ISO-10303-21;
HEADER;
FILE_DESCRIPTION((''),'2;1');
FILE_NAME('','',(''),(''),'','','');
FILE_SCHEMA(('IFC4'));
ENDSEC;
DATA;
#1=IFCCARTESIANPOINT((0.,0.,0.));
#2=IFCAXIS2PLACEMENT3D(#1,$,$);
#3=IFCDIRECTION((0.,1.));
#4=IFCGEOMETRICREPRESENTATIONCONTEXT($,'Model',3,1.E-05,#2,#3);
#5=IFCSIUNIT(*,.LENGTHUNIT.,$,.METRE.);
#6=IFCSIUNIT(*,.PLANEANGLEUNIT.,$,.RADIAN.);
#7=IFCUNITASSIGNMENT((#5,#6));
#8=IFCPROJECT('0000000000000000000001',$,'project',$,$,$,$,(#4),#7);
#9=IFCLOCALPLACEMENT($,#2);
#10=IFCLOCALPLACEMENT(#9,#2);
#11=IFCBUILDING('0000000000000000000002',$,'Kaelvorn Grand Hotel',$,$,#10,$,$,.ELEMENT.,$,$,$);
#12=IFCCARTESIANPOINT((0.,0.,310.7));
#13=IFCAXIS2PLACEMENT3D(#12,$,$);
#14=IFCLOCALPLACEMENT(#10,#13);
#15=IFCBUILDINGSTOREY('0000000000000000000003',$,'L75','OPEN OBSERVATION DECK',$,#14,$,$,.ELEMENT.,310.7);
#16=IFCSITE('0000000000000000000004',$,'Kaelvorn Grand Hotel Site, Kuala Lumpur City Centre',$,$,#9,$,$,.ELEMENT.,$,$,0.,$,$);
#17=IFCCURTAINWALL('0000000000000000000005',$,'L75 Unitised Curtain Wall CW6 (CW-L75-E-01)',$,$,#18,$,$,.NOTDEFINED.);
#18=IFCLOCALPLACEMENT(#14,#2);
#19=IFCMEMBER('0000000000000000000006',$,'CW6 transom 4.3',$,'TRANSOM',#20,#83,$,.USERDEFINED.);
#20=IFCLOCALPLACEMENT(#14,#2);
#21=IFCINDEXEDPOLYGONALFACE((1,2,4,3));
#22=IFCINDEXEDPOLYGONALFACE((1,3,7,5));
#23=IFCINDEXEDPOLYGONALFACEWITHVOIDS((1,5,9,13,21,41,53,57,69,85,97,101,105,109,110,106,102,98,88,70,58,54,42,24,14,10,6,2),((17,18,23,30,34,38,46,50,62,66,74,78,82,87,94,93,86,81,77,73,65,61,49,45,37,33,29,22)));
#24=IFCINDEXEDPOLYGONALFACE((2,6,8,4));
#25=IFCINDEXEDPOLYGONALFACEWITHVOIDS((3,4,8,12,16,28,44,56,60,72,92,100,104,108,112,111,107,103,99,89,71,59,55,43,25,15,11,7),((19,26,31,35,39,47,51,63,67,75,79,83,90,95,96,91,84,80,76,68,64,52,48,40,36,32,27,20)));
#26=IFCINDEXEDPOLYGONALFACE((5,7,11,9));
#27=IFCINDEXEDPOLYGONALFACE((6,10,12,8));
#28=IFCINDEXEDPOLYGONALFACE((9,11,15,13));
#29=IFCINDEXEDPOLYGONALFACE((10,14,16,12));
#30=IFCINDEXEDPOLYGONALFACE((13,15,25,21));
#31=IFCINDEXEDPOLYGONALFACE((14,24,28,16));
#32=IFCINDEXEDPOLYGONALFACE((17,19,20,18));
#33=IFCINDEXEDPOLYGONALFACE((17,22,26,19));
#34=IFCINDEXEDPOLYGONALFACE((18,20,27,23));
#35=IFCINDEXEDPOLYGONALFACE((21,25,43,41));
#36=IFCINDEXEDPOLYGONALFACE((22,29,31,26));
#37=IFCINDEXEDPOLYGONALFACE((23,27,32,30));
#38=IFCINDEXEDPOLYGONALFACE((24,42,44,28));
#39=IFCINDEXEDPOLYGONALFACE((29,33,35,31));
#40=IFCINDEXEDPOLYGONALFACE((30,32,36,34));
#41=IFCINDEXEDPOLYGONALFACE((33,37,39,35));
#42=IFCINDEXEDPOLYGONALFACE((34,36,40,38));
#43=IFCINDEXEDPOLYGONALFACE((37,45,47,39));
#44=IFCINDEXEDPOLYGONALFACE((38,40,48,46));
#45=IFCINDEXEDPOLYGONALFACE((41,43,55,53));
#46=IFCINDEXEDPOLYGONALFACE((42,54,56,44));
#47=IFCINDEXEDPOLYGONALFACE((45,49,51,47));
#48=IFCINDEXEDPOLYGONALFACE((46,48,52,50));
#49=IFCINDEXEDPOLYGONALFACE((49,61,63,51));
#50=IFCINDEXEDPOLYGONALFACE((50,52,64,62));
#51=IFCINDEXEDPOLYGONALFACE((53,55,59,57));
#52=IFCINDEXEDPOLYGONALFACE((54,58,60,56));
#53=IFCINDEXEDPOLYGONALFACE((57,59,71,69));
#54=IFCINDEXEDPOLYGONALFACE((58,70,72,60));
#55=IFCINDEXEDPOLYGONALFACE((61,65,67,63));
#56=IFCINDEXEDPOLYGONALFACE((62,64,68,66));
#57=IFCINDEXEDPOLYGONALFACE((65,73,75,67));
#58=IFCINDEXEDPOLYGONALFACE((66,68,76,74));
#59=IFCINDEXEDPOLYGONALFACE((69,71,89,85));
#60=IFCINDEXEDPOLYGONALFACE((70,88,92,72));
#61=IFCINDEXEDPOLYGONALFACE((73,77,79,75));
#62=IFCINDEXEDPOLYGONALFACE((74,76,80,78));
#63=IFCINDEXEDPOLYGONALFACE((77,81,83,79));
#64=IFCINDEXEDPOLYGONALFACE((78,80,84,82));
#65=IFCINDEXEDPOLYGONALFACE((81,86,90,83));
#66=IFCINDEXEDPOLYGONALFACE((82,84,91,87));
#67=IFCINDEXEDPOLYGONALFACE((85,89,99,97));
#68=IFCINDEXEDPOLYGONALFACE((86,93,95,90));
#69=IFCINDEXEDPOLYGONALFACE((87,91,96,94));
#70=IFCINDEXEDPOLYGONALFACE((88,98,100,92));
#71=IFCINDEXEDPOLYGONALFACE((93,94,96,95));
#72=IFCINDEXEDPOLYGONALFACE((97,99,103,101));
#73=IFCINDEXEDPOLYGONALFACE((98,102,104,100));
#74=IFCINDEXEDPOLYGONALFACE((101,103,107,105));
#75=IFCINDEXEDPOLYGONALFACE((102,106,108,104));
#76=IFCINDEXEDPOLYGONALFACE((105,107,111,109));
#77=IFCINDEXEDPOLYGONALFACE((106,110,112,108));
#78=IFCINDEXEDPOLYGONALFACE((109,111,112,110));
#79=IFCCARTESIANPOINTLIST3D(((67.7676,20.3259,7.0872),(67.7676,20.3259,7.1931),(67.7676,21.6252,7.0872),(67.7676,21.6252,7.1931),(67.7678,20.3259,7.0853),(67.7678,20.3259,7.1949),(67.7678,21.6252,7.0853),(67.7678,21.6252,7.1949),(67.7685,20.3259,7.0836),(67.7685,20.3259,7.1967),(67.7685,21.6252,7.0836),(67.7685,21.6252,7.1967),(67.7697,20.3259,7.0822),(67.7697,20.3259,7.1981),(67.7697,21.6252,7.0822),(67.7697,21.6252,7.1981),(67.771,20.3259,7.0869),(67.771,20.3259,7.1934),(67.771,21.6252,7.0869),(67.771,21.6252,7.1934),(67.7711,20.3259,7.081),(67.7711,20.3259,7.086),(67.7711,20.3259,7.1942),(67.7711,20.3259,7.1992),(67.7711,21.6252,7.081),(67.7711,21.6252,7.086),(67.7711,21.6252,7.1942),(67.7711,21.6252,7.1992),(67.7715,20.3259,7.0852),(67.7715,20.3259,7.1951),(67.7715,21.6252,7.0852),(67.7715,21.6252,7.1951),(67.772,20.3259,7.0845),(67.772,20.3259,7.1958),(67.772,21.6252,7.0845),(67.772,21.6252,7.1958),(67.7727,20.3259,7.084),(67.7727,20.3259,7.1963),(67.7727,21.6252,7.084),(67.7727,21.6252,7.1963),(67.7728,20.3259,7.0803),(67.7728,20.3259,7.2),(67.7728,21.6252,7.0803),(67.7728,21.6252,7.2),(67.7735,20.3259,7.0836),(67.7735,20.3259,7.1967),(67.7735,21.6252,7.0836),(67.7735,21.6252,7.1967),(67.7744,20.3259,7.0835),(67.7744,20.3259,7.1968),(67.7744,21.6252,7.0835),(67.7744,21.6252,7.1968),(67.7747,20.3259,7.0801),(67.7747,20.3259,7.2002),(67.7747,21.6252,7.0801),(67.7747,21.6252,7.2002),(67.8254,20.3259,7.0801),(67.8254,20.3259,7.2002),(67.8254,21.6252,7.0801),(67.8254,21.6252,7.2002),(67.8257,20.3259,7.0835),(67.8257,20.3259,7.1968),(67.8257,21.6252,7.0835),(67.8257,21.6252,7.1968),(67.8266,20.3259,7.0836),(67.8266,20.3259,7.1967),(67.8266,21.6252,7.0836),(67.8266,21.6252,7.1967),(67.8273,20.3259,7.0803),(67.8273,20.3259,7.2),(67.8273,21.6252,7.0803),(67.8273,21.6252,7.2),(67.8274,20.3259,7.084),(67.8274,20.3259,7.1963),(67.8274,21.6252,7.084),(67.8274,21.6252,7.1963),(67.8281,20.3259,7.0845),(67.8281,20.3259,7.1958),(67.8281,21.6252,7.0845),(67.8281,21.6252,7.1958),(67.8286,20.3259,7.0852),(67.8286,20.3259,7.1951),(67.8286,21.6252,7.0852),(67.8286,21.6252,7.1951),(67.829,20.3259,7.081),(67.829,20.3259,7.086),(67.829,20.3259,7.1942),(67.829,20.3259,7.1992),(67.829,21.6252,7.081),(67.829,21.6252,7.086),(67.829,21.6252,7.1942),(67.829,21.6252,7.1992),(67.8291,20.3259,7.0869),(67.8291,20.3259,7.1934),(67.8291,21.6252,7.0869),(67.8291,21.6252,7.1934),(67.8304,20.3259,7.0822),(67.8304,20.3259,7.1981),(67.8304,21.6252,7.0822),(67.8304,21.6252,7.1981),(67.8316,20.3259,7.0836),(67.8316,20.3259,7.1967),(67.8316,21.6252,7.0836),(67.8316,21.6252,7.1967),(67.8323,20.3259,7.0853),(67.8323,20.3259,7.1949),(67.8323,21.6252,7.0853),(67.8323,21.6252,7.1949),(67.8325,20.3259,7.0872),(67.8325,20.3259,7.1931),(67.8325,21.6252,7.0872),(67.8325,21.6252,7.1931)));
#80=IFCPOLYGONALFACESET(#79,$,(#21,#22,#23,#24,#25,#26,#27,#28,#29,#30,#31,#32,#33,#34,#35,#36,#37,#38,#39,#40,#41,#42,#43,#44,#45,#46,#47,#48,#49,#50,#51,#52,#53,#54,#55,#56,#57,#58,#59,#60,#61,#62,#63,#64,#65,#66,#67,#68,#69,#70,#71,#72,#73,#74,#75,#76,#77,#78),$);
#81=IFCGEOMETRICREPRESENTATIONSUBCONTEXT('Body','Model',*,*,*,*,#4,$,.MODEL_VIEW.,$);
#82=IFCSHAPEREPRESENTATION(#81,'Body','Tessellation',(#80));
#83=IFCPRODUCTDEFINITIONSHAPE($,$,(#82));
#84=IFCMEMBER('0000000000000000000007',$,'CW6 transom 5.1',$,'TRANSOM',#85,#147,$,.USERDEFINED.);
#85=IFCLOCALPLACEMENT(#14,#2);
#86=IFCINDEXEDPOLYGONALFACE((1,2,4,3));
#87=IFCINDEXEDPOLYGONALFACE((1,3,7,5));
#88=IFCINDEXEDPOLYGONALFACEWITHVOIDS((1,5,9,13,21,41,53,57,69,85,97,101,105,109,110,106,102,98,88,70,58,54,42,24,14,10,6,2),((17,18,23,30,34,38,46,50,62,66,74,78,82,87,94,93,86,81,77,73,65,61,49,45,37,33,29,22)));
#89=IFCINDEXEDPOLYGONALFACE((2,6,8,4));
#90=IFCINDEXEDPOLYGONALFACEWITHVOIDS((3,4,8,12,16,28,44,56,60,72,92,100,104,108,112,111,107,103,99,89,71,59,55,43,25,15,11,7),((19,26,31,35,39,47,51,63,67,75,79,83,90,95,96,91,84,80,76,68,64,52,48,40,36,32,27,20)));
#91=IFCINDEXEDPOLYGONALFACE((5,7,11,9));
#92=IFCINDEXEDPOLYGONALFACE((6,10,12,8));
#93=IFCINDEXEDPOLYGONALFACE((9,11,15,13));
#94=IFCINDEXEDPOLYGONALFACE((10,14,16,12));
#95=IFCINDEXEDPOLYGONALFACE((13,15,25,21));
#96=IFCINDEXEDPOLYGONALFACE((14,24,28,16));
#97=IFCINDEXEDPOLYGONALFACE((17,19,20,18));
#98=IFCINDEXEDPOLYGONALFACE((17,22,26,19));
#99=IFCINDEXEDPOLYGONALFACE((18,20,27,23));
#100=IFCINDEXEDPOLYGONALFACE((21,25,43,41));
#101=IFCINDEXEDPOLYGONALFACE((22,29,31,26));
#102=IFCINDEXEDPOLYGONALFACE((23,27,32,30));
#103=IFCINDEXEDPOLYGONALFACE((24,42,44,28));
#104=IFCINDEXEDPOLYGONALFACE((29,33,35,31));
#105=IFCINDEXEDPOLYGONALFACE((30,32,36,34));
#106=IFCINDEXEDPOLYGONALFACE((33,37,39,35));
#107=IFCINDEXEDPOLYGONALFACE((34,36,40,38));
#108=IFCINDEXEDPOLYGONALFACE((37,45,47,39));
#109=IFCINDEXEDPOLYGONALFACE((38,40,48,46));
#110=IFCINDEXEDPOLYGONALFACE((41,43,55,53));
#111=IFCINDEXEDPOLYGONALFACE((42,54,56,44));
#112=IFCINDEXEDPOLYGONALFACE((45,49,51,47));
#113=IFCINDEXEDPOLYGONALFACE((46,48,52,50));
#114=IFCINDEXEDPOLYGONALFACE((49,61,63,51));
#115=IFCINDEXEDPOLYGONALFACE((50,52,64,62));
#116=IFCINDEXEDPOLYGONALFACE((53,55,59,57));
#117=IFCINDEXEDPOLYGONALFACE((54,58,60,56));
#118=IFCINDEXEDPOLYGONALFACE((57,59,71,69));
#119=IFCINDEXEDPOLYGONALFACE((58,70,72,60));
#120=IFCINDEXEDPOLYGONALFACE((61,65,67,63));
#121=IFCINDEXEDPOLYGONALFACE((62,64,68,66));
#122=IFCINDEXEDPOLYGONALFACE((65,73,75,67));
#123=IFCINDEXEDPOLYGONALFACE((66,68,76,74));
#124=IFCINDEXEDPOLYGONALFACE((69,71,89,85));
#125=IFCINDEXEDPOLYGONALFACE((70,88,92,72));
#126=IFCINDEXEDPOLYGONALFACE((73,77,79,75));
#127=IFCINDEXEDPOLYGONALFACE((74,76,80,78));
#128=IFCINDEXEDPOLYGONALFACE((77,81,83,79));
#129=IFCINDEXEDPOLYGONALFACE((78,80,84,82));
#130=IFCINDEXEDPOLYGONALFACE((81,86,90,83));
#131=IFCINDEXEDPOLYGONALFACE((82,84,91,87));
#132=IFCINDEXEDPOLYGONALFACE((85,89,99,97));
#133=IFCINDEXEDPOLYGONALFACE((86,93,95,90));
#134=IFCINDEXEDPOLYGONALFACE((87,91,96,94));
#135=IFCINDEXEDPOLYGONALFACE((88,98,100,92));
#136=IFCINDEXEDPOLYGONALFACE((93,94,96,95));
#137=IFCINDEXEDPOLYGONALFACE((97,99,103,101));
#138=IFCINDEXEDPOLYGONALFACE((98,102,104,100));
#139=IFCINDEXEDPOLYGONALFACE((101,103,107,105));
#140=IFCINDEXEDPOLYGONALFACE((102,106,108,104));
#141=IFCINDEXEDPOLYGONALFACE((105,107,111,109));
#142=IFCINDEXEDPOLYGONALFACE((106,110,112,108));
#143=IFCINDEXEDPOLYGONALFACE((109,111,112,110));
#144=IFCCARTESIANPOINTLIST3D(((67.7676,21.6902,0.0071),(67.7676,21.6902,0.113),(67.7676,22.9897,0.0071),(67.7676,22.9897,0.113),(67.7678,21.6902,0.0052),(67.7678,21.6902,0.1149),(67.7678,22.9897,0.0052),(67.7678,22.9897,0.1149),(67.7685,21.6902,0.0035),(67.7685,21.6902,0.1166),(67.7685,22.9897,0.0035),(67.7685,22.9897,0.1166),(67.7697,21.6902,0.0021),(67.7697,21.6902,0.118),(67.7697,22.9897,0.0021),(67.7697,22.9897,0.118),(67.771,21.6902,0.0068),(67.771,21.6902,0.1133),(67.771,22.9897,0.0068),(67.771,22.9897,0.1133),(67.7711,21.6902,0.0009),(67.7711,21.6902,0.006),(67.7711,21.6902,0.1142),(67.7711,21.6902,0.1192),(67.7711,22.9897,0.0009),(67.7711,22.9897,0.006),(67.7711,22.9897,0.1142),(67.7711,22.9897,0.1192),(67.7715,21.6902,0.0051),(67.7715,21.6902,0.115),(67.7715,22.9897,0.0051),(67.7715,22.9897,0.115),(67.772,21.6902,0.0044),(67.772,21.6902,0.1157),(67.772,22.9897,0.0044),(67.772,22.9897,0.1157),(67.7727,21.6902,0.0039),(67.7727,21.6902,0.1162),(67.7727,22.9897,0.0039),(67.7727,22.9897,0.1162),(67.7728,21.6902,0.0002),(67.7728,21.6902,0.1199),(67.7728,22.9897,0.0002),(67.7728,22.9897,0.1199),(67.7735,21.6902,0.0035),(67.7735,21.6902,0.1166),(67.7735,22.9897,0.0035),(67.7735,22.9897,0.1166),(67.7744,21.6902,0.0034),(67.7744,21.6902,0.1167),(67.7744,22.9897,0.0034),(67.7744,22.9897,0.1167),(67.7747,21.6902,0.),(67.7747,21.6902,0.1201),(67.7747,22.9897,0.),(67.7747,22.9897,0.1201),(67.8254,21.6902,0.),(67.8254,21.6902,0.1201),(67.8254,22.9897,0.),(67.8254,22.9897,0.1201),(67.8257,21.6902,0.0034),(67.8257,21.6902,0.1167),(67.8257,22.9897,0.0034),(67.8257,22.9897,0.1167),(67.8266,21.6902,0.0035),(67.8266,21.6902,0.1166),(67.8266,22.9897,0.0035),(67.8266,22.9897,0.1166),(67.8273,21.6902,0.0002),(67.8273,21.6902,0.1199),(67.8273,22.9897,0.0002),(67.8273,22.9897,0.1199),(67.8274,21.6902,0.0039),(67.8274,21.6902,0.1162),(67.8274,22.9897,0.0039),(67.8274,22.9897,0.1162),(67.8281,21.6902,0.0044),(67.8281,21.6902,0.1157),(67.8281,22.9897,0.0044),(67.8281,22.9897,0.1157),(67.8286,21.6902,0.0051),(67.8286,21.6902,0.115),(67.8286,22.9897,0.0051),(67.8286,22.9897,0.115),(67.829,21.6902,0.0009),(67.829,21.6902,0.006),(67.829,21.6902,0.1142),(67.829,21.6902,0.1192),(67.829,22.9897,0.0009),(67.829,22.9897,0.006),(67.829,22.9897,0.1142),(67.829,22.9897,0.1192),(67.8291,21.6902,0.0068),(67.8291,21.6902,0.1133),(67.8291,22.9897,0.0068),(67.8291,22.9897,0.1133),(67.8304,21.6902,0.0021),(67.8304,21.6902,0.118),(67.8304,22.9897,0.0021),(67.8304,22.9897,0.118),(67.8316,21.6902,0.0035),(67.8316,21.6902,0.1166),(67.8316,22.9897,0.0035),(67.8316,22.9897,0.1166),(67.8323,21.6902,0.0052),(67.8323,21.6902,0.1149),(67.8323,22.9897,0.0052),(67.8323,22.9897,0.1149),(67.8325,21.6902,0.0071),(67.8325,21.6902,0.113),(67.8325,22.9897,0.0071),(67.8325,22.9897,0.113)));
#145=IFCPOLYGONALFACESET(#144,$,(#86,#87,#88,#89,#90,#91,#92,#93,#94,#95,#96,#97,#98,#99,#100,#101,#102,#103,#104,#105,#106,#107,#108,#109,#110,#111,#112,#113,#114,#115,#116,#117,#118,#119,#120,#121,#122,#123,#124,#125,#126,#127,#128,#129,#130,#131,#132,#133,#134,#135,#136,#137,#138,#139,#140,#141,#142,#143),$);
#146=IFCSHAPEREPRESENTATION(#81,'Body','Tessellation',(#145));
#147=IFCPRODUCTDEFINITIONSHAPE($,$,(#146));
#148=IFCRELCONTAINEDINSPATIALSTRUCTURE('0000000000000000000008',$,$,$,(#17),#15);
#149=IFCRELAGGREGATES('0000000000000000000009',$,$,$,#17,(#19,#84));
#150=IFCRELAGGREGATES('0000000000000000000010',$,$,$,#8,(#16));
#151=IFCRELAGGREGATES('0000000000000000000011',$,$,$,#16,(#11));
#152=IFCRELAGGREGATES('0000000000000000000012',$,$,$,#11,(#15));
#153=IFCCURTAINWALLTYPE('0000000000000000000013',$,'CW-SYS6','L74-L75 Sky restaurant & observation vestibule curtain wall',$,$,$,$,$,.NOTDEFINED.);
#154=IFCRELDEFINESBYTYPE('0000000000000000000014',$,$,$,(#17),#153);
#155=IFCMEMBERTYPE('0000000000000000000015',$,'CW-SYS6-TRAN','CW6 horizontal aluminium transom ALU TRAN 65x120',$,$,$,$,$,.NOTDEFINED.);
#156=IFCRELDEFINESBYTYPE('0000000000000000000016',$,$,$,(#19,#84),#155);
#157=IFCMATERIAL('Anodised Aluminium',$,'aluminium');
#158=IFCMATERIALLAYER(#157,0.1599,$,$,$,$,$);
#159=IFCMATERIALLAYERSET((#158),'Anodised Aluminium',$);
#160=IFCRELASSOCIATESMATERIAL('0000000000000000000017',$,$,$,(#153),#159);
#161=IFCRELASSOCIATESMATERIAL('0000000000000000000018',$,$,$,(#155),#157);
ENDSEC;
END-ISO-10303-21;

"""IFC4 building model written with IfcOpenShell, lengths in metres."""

from ifc_helpers import new_model, si_unit, direction, frame, origin, origin_2d, place, context, subcontext, project, spatial, hollow_rectangle, extrude, material, layer, layer_set, material_profile, profile_set, type_object, element, aggregate, save


model = new_model("IFC4")

# Units and contexts
model_context = context("Model", 3, precision=1e-05, world=origin(), true_north=direction((0.0, 1.0)))
body_context = subcontext(model_context, "Body", "Model", "MODEL_VIEW")
ifc_project = project(units=[si_unit("LENGTHUNIT", "METRE"), si_unit("PLANEANGLEUNIT", "RADIAN")], contexts=[model_context])

# Site, building, storey
site_placement = place(None, origin())
site = spatial("IfcSite", under=ifc_project, at=site_placement, Name="Kaelvorn Grand Hotel Site, Kuala Lumpur City Centre", CompositionType="ELEMENT", RefElevation=0.0)
building_placement = place(site_placement, origin())
building = spatial("IfcBuilding", under=site, at=building_placement, Name="Kaelvorn Grand Hotel", CompositionType="ELEMENT")
storey_placement = place(building_placement, frame((0.0, 0.0, 310.7)))
storey = spatial("IfcBuildingStorey", under=building, at=storey_placement, Name="L75", Description="OPEN OBSERVATION DECK", CompositionType="ELEMENT", Elevation=310.7)

# Curtain wall, members
ifc_material_1 = material(Name="Anodised Aluminium", Category="aluminium")
ifc_layer_1 = layer(ifc_material_1, 0.1599)
ifc_layer_set_1 = layer_set([ifc_layer_1], Name="Anodised Aluminium")
curtain_wall_type = type_object("IfcCurtainWallType", Name="CW-SYS6", Description="L74-L75 Sky restaurant & observation vestibule curtain wall", PredefinedType="NOTDEFINED", material=ifc_layer_set_1)
curtain_wall_placement = place(storey_placement, origin())
curtain_wall = element("IfcCurtainWall", 1, at=curtain_wall_placement, inside=storey, type_object=curtain_wall_type, Name="L75 Unitised Curtain Wall CW6 (CW-L75-E-01)", PredefinedType="NOTDEFINED")
ifc_material_profile_1 = material_profile(ifc_material_1, hollow_rectangle(XDim=0.0649, YDim=0.1201, WallThickness=0.0034, InnerFilletRadius=0.0034, OuterFilletRadius=0.0071, at=origin_2d()), Name="ALU TRAN 65x120")
ifc_profile_set_1 = profile_set([ifc_material_profile_1], Name="Anodised Aluminium")
member_type_1 = type_object("IfcMemberType", Name="CW-SYS6-TRAN", Description="CW6 horizontal aluminium transom ALU TRAN 65x120", PredefinedType="NOTDEFINED", material=ifc_profile_set_1)
member_1_placement = place(storey_placement, frame((67.8, 20.3259, 7.1401), z_axis=(0.0, 1.0, 0.0), x_axis=(-1.0, 0.0, 0.0)))
member_1 = element("IfcMember", 2, at=member_1_placement, type_object=member_type_1, Name="CW6 transom 4.3", ObjectType="TRANSOM", PredefinedType="USERDEFINED", context=body_context, shape_type="SweptSolid", body=[
    extrude(hollow_rectangle(XDim=0.0649, YDim=0.1201, WallThickness=0.0034, InnerFilletRadius=0.0034, OuterFilletRadius=0.0071, at=origin_2d()), origin(), (0.0, 0.0, 1.0), 1.2993),
])
member_2_placement = place(storey_placement, frame((67.8, 21.6902, 0.0601), z_axis=(0.0, 1.0, 0.0), x_axis=(-1.0, 0.0, 0.0)))
member_2 = element("IfcMember", 3, at=member_2_placement, type_object=member_type_1, Name="CW6 transom 5.1", ObjectType="TRANSOM", PredefinedType="USERDEFINED", context=body_context, shape_type="SweptSolid", body=[
    extrude(hollow_rectangle(XDim=0.0649, YDim=0.1201, WallThickness=0.0034, InnerFilletRadius=0.0034, OuterFilletRadius=0.0071, at=origin_2d()), origin(), (0.0, 0.0, 1.0), 1.2996),
])
aggregate(curtain_wall, [member_1, member_2])

save(model, "model.ifc")
